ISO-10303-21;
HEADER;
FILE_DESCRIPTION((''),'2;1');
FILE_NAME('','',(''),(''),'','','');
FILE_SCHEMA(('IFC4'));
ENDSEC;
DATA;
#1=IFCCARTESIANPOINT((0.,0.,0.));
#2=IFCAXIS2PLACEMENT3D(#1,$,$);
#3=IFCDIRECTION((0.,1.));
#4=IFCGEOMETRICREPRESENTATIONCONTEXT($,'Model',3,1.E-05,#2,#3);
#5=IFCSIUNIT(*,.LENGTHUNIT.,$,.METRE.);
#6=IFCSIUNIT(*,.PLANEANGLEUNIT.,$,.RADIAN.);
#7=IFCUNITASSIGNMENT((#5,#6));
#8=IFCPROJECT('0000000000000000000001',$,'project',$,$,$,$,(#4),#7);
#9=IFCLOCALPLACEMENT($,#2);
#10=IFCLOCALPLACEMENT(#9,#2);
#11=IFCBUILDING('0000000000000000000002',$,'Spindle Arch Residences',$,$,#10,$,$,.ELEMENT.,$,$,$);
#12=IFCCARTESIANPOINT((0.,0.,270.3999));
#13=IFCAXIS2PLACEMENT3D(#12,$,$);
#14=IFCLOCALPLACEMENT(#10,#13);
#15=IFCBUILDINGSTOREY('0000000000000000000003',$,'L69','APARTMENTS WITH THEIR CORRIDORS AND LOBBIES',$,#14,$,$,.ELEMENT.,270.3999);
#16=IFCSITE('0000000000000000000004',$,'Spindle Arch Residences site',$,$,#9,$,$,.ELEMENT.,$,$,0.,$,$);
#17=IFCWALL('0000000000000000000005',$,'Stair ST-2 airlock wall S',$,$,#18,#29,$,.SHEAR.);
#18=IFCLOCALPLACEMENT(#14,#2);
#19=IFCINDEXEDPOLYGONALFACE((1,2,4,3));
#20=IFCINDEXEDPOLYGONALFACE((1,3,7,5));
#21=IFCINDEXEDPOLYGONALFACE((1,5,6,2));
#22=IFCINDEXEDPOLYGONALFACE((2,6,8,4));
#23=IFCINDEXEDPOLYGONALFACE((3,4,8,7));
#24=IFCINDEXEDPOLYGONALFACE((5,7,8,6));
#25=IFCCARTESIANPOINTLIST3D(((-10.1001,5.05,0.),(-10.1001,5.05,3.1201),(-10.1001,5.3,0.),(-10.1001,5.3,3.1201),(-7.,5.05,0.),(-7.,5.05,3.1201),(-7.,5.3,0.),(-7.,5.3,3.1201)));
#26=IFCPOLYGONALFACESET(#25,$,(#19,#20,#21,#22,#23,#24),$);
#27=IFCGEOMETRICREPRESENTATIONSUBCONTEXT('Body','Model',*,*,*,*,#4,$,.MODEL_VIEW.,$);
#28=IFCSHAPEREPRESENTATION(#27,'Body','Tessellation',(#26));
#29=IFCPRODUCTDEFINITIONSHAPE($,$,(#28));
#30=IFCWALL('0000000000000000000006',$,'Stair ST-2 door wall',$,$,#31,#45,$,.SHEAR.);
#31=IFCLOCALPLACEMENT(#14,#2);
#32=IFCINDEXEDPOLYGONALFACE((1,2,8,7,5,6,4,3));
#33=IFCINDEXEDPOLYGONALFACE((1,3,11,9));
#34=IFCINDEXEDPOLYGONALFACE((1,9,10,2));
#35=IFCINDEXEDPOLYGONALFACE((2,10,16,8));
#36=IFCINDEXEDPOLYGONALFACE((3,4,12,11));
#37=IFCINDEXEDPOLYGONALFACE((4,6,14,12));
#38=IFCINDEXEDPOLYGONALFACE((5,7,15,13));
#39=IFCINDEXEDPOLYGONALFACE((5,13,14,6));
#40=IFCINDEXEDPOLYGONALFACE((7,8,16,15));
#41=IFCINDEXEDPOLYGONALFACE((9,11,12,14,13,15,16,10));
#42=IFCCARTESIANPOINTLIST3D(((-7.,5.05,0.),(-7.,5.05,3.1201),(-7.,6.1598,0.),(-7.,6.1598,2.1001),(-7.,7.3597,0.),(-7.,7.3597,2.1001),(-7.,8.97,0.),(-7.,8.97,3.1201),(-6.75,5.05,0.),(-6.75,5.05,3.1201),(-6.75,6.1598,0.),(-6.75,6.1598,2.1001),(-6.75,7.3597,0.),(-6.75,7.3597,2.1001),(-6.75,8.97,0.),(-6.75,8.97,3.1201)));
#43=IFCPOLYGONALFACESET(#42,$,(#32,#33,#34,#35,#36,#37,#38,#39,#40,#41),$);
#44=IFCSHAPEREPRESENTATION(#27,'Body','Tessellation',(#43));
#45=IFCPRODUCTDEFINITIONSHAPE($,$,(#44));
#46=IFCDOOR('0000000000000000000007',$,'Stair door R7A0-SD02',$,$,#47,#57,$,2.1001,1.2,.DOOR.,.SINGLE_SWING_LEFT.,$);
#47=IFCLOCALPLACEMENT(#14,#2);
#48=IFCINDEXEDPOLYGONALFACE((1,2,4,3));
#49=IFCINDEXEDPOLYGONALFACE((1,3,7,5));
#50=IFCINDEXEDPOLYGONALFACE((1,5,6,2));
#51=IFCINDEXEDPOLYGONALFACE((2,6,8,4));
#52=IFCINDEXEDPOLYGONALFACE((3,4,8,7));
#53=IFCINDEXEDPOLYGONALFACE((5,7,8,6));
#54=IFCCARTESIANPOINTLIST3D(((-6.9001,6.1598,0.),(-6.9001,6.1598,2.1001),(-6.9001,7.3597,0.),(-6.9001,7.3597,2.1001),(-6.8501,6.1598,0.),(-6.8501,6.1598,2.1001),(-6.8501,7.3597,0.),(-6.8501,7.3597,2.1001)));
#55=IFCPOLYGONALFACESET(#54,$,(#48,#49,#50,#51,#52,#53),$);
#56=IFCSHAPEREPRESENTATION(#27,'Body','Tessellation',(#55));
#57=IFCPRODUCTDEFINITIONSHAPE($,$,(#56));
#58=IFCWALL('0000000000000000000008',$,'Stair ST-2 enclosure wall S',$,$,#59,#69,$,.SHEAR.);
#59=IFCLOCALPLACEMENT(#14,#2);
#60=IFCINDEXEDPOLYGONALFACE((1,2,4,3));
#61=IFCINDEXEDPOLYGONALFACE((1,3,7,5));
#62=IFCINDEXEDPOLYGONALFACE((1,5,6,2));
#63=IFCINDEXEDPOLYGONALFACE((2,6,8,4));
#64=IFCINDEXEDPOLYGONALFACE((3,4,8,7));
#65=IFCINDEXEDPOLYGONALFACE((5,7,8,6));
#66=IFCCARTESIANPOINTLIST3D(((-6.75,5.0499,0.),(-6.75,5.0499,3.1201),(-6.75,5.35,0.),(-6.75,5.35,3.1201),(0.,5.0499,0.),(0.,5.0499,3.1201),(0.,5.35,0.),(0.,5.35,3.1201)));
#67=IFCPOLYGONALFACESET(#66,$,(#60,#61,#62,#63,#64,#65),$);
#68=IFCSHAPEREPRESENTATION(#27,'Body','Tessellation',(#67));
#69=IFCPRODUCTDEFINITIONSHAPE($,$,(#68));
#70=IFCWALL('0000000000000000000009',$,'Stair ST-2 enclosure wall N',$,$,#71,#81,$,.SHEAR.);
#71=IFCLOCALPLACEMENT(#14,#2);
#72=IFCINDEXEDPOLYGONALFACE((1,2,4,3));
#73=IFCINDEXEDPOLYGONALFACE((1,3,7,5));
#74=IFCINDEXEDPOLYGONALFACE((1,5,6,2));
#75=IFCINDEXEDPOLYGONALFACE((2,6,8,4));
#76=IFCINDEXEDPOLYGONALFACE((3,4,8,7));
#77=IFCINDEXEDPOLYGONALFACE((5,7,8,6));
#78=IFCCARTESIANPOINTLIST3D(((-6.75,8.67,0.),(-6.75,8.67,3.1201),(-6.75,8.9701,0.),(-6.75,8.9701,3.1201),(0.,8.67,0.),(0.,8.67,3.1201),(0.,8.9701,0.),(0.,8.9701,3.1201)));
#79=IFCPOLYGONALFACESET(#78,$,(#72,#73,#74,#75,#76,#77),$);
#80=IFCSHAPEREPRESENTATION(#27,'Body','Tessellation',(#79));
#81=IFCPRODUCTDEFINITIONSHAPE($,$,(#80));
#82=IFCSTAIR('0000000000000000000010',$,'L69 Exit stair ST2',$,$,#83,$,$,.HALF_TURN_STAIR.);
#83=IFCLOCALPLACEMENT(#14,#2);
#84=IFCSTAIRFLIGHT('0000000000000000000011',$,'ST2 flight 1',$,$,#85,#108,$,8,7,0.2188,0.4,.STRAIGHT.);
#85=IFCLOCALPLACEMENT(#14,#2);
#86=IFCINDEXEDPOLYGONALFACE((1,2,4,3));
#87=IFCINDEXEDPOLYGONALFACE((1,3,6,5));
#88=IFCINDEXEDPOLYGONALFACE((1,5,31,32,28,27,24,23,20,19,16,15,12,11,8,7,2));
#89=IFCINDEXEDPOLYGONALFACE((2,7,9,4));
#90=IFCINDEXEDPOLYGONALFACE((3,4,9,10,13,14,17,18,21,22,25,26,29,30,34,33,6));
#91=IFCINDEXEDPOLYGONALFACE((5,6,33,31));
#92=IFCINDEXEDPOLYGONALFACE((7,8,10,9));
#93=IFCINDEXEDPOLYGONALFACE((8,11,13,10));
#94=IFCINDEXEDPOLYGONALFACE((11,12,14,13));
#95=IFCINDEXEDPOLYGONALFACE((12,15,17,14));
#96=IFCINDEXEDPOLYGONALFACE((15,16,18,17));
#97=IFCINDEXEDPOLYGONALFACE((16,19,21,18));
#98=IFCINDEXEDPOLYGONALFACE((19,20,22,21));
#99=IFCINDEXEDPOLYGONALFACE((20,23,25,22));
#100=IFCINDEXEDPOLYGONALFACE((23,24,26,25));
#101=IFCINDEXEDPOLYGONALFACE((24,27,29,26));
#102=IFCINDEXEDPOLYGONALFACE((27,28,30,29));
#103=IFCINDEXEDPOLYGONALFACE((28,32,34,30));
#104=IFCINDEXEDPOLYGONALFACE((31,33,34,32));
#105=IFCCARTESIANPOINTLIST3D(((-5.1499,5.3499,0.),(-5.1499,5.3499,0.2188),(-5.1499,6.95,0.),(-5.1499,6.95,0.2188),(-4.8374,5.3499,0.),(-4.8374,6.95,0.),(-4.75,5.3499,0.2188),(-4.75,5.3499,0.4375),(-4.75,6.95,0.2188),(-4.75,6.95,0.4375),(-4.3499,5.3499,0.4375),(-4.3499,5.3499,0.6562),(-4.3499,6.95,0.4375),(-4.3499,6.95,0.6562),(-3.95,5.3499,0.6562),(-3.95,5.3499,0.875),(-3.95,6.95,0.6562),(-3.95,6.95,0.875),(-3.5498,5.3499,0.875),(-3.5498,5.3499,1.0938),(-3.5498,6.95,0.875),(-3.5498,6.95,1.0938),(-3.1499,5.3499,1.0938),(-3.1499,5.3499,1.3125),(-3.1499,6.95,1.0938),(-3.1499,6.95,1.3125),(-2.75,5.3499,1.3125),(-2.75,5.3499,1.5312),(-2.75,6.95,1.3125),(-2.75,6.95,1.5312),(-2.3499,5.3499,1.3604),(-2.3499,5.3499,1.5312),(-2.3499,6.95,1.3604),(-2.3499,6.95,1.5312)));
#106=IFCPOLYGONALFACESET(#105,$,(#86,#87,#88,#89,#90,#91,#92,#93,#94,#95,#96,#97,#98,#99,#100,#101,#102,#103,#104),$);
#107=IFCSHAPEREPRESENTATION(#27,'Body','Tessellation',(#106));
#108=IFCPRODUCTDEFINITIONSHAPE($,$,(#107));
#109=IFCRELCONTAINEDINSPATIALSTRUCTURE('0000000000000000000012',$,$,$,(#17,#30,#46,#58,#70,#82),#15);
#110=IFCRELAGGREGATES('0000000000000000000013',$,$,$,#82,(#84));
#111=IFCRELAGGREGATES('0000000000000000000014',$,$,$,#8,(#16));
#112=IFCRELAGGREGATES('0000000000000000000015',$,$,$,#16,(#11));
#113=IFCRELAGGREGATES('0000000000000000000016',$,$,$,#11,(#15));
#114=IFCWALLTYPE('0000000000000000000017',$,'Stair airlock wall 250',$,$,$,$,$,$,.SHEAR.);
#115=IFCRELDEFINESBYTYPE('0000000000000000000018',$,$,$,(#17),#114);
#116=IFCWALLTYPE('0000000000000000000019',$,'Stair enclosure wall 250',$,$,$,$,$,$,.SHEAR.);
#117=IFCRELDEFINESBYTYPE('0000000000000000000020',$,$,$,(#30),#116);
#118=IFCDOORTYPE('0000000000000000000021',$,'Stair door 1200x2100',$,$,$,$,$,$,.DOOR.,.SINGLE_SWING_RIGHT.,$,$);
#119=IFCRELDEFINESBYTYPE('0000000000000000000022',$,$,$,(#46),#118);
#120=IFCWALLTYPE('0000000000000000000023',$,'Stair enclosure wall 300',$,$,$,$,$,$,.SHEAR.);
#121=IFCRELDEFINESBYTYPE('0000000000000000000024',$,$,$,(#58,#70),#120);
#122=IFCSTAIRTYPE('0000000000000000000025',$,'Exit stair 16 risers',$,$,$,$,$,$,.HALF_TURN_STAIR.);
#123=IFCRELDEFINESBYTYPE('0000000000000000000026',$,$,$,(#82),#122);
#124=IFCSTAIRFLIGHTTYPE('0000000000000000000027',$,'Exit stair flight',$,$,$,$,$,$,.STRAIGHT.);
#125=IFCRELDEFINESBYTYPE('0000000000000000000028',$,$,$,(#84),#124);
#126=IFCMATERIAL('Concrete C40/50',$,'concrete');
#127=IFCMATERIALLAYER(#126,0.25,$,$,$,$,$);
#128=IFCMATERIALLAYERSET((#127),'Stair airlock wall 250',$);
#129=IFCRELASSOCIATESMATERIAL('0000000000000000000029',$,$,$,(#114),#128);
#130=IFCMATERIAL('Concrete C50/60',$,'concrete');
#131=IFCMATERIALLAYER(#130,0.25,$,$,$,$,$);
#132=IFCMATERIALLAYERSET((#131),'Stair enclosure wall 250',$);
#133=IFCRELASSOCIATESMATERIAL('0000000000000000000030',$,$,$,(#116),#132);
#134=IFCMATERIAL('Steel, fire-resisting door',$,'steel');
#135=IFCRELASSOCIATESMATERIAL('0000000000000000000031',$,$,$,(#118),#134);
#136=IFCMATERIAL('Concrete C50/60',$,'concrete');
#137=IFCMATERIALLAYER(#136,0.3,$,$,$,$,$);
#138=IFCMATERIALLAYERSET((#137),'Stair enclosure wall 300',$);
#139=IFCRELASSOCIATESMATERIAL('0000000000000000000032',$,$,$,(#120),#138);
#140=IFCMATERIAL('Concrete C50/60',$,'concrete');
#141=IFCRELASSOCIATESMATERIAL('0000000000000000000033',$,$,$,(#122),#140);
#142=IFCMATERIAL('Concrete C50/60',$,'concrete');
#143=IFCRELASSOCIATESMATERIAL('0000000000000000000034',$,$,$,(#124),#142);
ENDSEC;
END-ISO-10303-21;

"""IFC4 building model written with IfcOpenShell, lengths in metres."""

from ifc_helpers import new_model, si_unit, direction, frame, frame_2d, origin, place, context, subcontext, project, spatial, polyline, rectangle, outline, extrude, material, layer, layer_set, type_object, element, fill, aggregate, save


model = new_model("IFC4")

# Units and contexts
model_context = context("Model", 3, precision=1e-05, world=origin(), true_north=direction((0.0, 1.0)))
body_context = subcontext(model_context, "Body", "Model", "MODEL_VIEW")
ifc_project = project(units=[si_unit("LENGTHUNIT", "METRE"), si_unit("PLANEANGLEUNIT", "RADIAN")], contexts=[model_context])

# Site, building, storey
site_placement = place(None, origin())
site = spatial("IfcSite", under=ifc_project, at=site_placement, Name="Spindle Arch Residences site", CompositionType="ELEMENT", RefElevation=0.0)
building_placement = place(site_placement, origin())
building = spatial("IfcBuilding", under=site, at=building_placement, Name="Spindle Arch Residences", CompositionType="ELEMENT")
storey_placement = place(building_placement, frame((0.0, 0.0, 270.3999)))
storey = spatial("IfcBuildingStorey", under=building, at=storey_placement, Name="L69", Description="APARTMENTS WITH THEIR CORRIDORS AND LOBBIES", CompositionType="ELEMENT", Elevation=270.3999)

# Wall
ifc_material_1 = material(Name="Concrete C40/50", Category="concrete")
ifc_layer_1 = layer(ifc_material_1, 0.25)
ifc_layer_set_1 = layer_set([ifc_layer_1], Name="Stair airlock wall 250")
wall_type_1 = type_object("IfcWallType", Name="Stair airlock wall 250", PredefinedType="SHEAR", material=ifc_layer_set_1)
wall_1_placement = place(storey_placement, frame((-7.0, 5.175, 0.0), z_axis=(0.0, 0.0, 1.0), x_axis=(-1.0, 0.0, 0.0)))
element("IfcWall", 1, at=wall_1_placement, inside=storey, type_object=wall_type_1, Name="Stair ST-2 airlock wall S", PredefinedType="SHEAR", context=body_context, shape_type="SweptSolid", body=[
    extrude(rectangle(XDim=3.1001, YDim=0.25, at=frame_2d((1.55, 0.0))), origin(), (0.0, 0.0, 1.0), 3.1201),
])

# Wall, opening, door
ifc_material_2 = material(Name="Concrete C50/60", Category="concrete")
ifc_layer_2 = layer(ifc_material_2, 0.25)
ifc_layer_set_2 = layer_set([ifc_layer_2], Name="Stair enclosure wall 250")
wall_type_2 = type_object("IfcWallType", Name="Stair enclosure wall 250", PredefinedType="SHEAR", material=ifc_layer_set_2)
wall_2_placement = place(storey_placement, frame((-6.875, 8.97, 0.0), z_axis=(0.0, 0.0, 1.0), x_axis=(0.0, -1.0, 0.0)))
wall_2 = element("IfcWall", 2, at=wall_2_placement, inside=storey, type_object=wall_type_2, Name="Stair ST-2 door wall", PredefinedType="SHEAR", context=body_context, shape_type="SweptSolid", body=[
    extrude(rectangle(XDim=3.9199, YDim=0.25, at=frame_2d((1.96, 0.0))), origin(), (0.0, 0.0, 1.0), 3.1201),
])
opening_1_placement = place(wall_2_placement, frame((1.6101, 0.0, 0.0)))
opening_1 = element("IfcOpeningElement", 3, at=opening_1_placement, cuts=wall_2, PredefinedType="OPENING", context=body_context, shape_type="SweptSolid", body=[
    extrude(rectangle(XDim=1.2, YDim=2.1001, at=frame_2d((0.6001, 1.05))), frame((0.0, 0.135, 0.0), z_axis=(0.0, -1.0, 0.0), x_axis=(1.0, 0.0, 0.0)), (0.0, 0.0, 1.0), 0.27),
])
ifc_material_3 = material(Name="Steel, fire-resisting door", Category="steel")
door_type_1 = type_object("IfcDoorType", Name="Stair door 1200x2100", OperationType="SINGLE_SWING_RIGHT", PredefinedType="DOOR", material=ifc_material_3)
door_1_placement = place(opening_1_placement, origin())
door_1 = element("IfcDoor", 4, at=door_1_placement, inside=storey, type_object=door_type_1, Name="Stair door R7A0-SD02", OperationType="SINGLE_SWING_LEFT", OverallHeight=2.1001, OverallWidth=1.2, PredefinedType="DOOR", context=body_context, shape_type="SweptSolid", body=[
    extrude(rectangle(XDim=1.2, YDim=2.1001, at=frame_2d((0.6001, 1.05))), frame((0.0, 0.0249, 0.0), z_axis=(0.0, -1.0, 0.0), x_axis=(1.0, 0.0, 0.0)), (0.0, 0.0, 1.0), 0.05),
])
fill(opening_1, door_1)

# Walls
ifc_material_4 = material(Name="Concrete C50/60", Category="concrete")
ifc_layer_3 = layer(ifc_material_4, 0.3)
ifc_layer_set_3 = layer_set([ifc_layer_3], Name="Stair enclosure wall 300")
wall_type_3 = type_object("IfcWallType", Name="Stair enclosure wall 300", PredefinedType="SHEAR", material=ifc_layer_set_3)
for number, where, z_axis, x_axis, name in (
    (5, (-6.75, 5.2, 0.0), (0.0, 0.0, 1.0), (1.0, 0.0, 0.0), "Stair ST-2 enclosure wall S"),
    (6, (-6.75, 8.8201, 0.0), (0.0, 0.0, 1.0), (1.0, 0.0, 0.0), "Stair ST-2 enclosure wall N"),
):
    element("IfcWall", number, at=place(storey_placement, frame(where, z_axis=z_axis, x_axis=x_axis)), inside=storey, type_object=wall_type_3, Name=name, PredefinedType="SHEAR", context=body_context, shape_type="SweptSolid", body=[
        extrude(rectangle(XDim=6.75, YDim=0.3, at=frame_2d((3.375, 0.0))), origin(), (0.0, 0.0, 1.0), 3.1201),
    ])

# Stair, stair flight
ifc_material_5 = material(Name="Concrete C50/60", Category="concrete")
stair_type = type_object("IfcStairType", Name="Exit stair 16 risers", PredefinedType="HALF_TURN_STAIR", material=ifc_material_5)
stair_placement = place(storey_placement, origin())
stair = element("IfcStair", 7, at=stair_placement, inside=storey, type_object=stair_type, Name="L69 Exit stair ST2", PredefinedType="HALF_TURN_STAIR")
ifc_material_6 = material(Name="Concrete C50/60", Category="concrete")
stair_flight_type = type_object("IfcStairFlightType", Name="Exit stair flight", PredefinedType="STRAIGHT", material=ifc_material_6)
stair_flight_placement = place(storey_placement, frame((-5.1499, 6.1499, 0.0), z_axis=(0.0, 0.0, 1.0), x_axis=(1.0, 0.0, 0.0)))
stair_flight = element("IfcStairFlight", 8, at=stair_flight_placement, type_object=stair_flight_type, Name="ST2 flight 1", NumberOfRisers=8, NumberOfTreads=7, PredefinedType="STRAIGHT", RiserHeight=0.2188, TreadLength=0.4, context=body_context, shape_type="SweptSolid", body=[
    extrude(outline(polyline([(0.0, 0.0), (0.0, 0.2188), (0.3999, 0.2188), (0.3999, 0.4375), (0.8, 0.4375), (0.8, 0.6562), (1.2, 0.6562), (1.2, 0.875), (1.6001, 0.875), (1.6001, 1.0938), (2.0, 1.0938), (2.0, 1.3125), (2.3999, 1.3125), (2.3999, 1.5312), (2.8, 1.5312), (2.8, 1.75), (2.8, 1.3604), (0.3125, 0.0), (0.0, 0.0)])), frame((0.0, 0.8, 0.0), z_axis=(0.0, -1.0, 0.0), x_axis=(1.0, 0.0, 0.0)), (0.0, 0.0, 1.0), 1.6001),
])
aggregate(stair, [stair_flight])

save(model, "model.ifc")
